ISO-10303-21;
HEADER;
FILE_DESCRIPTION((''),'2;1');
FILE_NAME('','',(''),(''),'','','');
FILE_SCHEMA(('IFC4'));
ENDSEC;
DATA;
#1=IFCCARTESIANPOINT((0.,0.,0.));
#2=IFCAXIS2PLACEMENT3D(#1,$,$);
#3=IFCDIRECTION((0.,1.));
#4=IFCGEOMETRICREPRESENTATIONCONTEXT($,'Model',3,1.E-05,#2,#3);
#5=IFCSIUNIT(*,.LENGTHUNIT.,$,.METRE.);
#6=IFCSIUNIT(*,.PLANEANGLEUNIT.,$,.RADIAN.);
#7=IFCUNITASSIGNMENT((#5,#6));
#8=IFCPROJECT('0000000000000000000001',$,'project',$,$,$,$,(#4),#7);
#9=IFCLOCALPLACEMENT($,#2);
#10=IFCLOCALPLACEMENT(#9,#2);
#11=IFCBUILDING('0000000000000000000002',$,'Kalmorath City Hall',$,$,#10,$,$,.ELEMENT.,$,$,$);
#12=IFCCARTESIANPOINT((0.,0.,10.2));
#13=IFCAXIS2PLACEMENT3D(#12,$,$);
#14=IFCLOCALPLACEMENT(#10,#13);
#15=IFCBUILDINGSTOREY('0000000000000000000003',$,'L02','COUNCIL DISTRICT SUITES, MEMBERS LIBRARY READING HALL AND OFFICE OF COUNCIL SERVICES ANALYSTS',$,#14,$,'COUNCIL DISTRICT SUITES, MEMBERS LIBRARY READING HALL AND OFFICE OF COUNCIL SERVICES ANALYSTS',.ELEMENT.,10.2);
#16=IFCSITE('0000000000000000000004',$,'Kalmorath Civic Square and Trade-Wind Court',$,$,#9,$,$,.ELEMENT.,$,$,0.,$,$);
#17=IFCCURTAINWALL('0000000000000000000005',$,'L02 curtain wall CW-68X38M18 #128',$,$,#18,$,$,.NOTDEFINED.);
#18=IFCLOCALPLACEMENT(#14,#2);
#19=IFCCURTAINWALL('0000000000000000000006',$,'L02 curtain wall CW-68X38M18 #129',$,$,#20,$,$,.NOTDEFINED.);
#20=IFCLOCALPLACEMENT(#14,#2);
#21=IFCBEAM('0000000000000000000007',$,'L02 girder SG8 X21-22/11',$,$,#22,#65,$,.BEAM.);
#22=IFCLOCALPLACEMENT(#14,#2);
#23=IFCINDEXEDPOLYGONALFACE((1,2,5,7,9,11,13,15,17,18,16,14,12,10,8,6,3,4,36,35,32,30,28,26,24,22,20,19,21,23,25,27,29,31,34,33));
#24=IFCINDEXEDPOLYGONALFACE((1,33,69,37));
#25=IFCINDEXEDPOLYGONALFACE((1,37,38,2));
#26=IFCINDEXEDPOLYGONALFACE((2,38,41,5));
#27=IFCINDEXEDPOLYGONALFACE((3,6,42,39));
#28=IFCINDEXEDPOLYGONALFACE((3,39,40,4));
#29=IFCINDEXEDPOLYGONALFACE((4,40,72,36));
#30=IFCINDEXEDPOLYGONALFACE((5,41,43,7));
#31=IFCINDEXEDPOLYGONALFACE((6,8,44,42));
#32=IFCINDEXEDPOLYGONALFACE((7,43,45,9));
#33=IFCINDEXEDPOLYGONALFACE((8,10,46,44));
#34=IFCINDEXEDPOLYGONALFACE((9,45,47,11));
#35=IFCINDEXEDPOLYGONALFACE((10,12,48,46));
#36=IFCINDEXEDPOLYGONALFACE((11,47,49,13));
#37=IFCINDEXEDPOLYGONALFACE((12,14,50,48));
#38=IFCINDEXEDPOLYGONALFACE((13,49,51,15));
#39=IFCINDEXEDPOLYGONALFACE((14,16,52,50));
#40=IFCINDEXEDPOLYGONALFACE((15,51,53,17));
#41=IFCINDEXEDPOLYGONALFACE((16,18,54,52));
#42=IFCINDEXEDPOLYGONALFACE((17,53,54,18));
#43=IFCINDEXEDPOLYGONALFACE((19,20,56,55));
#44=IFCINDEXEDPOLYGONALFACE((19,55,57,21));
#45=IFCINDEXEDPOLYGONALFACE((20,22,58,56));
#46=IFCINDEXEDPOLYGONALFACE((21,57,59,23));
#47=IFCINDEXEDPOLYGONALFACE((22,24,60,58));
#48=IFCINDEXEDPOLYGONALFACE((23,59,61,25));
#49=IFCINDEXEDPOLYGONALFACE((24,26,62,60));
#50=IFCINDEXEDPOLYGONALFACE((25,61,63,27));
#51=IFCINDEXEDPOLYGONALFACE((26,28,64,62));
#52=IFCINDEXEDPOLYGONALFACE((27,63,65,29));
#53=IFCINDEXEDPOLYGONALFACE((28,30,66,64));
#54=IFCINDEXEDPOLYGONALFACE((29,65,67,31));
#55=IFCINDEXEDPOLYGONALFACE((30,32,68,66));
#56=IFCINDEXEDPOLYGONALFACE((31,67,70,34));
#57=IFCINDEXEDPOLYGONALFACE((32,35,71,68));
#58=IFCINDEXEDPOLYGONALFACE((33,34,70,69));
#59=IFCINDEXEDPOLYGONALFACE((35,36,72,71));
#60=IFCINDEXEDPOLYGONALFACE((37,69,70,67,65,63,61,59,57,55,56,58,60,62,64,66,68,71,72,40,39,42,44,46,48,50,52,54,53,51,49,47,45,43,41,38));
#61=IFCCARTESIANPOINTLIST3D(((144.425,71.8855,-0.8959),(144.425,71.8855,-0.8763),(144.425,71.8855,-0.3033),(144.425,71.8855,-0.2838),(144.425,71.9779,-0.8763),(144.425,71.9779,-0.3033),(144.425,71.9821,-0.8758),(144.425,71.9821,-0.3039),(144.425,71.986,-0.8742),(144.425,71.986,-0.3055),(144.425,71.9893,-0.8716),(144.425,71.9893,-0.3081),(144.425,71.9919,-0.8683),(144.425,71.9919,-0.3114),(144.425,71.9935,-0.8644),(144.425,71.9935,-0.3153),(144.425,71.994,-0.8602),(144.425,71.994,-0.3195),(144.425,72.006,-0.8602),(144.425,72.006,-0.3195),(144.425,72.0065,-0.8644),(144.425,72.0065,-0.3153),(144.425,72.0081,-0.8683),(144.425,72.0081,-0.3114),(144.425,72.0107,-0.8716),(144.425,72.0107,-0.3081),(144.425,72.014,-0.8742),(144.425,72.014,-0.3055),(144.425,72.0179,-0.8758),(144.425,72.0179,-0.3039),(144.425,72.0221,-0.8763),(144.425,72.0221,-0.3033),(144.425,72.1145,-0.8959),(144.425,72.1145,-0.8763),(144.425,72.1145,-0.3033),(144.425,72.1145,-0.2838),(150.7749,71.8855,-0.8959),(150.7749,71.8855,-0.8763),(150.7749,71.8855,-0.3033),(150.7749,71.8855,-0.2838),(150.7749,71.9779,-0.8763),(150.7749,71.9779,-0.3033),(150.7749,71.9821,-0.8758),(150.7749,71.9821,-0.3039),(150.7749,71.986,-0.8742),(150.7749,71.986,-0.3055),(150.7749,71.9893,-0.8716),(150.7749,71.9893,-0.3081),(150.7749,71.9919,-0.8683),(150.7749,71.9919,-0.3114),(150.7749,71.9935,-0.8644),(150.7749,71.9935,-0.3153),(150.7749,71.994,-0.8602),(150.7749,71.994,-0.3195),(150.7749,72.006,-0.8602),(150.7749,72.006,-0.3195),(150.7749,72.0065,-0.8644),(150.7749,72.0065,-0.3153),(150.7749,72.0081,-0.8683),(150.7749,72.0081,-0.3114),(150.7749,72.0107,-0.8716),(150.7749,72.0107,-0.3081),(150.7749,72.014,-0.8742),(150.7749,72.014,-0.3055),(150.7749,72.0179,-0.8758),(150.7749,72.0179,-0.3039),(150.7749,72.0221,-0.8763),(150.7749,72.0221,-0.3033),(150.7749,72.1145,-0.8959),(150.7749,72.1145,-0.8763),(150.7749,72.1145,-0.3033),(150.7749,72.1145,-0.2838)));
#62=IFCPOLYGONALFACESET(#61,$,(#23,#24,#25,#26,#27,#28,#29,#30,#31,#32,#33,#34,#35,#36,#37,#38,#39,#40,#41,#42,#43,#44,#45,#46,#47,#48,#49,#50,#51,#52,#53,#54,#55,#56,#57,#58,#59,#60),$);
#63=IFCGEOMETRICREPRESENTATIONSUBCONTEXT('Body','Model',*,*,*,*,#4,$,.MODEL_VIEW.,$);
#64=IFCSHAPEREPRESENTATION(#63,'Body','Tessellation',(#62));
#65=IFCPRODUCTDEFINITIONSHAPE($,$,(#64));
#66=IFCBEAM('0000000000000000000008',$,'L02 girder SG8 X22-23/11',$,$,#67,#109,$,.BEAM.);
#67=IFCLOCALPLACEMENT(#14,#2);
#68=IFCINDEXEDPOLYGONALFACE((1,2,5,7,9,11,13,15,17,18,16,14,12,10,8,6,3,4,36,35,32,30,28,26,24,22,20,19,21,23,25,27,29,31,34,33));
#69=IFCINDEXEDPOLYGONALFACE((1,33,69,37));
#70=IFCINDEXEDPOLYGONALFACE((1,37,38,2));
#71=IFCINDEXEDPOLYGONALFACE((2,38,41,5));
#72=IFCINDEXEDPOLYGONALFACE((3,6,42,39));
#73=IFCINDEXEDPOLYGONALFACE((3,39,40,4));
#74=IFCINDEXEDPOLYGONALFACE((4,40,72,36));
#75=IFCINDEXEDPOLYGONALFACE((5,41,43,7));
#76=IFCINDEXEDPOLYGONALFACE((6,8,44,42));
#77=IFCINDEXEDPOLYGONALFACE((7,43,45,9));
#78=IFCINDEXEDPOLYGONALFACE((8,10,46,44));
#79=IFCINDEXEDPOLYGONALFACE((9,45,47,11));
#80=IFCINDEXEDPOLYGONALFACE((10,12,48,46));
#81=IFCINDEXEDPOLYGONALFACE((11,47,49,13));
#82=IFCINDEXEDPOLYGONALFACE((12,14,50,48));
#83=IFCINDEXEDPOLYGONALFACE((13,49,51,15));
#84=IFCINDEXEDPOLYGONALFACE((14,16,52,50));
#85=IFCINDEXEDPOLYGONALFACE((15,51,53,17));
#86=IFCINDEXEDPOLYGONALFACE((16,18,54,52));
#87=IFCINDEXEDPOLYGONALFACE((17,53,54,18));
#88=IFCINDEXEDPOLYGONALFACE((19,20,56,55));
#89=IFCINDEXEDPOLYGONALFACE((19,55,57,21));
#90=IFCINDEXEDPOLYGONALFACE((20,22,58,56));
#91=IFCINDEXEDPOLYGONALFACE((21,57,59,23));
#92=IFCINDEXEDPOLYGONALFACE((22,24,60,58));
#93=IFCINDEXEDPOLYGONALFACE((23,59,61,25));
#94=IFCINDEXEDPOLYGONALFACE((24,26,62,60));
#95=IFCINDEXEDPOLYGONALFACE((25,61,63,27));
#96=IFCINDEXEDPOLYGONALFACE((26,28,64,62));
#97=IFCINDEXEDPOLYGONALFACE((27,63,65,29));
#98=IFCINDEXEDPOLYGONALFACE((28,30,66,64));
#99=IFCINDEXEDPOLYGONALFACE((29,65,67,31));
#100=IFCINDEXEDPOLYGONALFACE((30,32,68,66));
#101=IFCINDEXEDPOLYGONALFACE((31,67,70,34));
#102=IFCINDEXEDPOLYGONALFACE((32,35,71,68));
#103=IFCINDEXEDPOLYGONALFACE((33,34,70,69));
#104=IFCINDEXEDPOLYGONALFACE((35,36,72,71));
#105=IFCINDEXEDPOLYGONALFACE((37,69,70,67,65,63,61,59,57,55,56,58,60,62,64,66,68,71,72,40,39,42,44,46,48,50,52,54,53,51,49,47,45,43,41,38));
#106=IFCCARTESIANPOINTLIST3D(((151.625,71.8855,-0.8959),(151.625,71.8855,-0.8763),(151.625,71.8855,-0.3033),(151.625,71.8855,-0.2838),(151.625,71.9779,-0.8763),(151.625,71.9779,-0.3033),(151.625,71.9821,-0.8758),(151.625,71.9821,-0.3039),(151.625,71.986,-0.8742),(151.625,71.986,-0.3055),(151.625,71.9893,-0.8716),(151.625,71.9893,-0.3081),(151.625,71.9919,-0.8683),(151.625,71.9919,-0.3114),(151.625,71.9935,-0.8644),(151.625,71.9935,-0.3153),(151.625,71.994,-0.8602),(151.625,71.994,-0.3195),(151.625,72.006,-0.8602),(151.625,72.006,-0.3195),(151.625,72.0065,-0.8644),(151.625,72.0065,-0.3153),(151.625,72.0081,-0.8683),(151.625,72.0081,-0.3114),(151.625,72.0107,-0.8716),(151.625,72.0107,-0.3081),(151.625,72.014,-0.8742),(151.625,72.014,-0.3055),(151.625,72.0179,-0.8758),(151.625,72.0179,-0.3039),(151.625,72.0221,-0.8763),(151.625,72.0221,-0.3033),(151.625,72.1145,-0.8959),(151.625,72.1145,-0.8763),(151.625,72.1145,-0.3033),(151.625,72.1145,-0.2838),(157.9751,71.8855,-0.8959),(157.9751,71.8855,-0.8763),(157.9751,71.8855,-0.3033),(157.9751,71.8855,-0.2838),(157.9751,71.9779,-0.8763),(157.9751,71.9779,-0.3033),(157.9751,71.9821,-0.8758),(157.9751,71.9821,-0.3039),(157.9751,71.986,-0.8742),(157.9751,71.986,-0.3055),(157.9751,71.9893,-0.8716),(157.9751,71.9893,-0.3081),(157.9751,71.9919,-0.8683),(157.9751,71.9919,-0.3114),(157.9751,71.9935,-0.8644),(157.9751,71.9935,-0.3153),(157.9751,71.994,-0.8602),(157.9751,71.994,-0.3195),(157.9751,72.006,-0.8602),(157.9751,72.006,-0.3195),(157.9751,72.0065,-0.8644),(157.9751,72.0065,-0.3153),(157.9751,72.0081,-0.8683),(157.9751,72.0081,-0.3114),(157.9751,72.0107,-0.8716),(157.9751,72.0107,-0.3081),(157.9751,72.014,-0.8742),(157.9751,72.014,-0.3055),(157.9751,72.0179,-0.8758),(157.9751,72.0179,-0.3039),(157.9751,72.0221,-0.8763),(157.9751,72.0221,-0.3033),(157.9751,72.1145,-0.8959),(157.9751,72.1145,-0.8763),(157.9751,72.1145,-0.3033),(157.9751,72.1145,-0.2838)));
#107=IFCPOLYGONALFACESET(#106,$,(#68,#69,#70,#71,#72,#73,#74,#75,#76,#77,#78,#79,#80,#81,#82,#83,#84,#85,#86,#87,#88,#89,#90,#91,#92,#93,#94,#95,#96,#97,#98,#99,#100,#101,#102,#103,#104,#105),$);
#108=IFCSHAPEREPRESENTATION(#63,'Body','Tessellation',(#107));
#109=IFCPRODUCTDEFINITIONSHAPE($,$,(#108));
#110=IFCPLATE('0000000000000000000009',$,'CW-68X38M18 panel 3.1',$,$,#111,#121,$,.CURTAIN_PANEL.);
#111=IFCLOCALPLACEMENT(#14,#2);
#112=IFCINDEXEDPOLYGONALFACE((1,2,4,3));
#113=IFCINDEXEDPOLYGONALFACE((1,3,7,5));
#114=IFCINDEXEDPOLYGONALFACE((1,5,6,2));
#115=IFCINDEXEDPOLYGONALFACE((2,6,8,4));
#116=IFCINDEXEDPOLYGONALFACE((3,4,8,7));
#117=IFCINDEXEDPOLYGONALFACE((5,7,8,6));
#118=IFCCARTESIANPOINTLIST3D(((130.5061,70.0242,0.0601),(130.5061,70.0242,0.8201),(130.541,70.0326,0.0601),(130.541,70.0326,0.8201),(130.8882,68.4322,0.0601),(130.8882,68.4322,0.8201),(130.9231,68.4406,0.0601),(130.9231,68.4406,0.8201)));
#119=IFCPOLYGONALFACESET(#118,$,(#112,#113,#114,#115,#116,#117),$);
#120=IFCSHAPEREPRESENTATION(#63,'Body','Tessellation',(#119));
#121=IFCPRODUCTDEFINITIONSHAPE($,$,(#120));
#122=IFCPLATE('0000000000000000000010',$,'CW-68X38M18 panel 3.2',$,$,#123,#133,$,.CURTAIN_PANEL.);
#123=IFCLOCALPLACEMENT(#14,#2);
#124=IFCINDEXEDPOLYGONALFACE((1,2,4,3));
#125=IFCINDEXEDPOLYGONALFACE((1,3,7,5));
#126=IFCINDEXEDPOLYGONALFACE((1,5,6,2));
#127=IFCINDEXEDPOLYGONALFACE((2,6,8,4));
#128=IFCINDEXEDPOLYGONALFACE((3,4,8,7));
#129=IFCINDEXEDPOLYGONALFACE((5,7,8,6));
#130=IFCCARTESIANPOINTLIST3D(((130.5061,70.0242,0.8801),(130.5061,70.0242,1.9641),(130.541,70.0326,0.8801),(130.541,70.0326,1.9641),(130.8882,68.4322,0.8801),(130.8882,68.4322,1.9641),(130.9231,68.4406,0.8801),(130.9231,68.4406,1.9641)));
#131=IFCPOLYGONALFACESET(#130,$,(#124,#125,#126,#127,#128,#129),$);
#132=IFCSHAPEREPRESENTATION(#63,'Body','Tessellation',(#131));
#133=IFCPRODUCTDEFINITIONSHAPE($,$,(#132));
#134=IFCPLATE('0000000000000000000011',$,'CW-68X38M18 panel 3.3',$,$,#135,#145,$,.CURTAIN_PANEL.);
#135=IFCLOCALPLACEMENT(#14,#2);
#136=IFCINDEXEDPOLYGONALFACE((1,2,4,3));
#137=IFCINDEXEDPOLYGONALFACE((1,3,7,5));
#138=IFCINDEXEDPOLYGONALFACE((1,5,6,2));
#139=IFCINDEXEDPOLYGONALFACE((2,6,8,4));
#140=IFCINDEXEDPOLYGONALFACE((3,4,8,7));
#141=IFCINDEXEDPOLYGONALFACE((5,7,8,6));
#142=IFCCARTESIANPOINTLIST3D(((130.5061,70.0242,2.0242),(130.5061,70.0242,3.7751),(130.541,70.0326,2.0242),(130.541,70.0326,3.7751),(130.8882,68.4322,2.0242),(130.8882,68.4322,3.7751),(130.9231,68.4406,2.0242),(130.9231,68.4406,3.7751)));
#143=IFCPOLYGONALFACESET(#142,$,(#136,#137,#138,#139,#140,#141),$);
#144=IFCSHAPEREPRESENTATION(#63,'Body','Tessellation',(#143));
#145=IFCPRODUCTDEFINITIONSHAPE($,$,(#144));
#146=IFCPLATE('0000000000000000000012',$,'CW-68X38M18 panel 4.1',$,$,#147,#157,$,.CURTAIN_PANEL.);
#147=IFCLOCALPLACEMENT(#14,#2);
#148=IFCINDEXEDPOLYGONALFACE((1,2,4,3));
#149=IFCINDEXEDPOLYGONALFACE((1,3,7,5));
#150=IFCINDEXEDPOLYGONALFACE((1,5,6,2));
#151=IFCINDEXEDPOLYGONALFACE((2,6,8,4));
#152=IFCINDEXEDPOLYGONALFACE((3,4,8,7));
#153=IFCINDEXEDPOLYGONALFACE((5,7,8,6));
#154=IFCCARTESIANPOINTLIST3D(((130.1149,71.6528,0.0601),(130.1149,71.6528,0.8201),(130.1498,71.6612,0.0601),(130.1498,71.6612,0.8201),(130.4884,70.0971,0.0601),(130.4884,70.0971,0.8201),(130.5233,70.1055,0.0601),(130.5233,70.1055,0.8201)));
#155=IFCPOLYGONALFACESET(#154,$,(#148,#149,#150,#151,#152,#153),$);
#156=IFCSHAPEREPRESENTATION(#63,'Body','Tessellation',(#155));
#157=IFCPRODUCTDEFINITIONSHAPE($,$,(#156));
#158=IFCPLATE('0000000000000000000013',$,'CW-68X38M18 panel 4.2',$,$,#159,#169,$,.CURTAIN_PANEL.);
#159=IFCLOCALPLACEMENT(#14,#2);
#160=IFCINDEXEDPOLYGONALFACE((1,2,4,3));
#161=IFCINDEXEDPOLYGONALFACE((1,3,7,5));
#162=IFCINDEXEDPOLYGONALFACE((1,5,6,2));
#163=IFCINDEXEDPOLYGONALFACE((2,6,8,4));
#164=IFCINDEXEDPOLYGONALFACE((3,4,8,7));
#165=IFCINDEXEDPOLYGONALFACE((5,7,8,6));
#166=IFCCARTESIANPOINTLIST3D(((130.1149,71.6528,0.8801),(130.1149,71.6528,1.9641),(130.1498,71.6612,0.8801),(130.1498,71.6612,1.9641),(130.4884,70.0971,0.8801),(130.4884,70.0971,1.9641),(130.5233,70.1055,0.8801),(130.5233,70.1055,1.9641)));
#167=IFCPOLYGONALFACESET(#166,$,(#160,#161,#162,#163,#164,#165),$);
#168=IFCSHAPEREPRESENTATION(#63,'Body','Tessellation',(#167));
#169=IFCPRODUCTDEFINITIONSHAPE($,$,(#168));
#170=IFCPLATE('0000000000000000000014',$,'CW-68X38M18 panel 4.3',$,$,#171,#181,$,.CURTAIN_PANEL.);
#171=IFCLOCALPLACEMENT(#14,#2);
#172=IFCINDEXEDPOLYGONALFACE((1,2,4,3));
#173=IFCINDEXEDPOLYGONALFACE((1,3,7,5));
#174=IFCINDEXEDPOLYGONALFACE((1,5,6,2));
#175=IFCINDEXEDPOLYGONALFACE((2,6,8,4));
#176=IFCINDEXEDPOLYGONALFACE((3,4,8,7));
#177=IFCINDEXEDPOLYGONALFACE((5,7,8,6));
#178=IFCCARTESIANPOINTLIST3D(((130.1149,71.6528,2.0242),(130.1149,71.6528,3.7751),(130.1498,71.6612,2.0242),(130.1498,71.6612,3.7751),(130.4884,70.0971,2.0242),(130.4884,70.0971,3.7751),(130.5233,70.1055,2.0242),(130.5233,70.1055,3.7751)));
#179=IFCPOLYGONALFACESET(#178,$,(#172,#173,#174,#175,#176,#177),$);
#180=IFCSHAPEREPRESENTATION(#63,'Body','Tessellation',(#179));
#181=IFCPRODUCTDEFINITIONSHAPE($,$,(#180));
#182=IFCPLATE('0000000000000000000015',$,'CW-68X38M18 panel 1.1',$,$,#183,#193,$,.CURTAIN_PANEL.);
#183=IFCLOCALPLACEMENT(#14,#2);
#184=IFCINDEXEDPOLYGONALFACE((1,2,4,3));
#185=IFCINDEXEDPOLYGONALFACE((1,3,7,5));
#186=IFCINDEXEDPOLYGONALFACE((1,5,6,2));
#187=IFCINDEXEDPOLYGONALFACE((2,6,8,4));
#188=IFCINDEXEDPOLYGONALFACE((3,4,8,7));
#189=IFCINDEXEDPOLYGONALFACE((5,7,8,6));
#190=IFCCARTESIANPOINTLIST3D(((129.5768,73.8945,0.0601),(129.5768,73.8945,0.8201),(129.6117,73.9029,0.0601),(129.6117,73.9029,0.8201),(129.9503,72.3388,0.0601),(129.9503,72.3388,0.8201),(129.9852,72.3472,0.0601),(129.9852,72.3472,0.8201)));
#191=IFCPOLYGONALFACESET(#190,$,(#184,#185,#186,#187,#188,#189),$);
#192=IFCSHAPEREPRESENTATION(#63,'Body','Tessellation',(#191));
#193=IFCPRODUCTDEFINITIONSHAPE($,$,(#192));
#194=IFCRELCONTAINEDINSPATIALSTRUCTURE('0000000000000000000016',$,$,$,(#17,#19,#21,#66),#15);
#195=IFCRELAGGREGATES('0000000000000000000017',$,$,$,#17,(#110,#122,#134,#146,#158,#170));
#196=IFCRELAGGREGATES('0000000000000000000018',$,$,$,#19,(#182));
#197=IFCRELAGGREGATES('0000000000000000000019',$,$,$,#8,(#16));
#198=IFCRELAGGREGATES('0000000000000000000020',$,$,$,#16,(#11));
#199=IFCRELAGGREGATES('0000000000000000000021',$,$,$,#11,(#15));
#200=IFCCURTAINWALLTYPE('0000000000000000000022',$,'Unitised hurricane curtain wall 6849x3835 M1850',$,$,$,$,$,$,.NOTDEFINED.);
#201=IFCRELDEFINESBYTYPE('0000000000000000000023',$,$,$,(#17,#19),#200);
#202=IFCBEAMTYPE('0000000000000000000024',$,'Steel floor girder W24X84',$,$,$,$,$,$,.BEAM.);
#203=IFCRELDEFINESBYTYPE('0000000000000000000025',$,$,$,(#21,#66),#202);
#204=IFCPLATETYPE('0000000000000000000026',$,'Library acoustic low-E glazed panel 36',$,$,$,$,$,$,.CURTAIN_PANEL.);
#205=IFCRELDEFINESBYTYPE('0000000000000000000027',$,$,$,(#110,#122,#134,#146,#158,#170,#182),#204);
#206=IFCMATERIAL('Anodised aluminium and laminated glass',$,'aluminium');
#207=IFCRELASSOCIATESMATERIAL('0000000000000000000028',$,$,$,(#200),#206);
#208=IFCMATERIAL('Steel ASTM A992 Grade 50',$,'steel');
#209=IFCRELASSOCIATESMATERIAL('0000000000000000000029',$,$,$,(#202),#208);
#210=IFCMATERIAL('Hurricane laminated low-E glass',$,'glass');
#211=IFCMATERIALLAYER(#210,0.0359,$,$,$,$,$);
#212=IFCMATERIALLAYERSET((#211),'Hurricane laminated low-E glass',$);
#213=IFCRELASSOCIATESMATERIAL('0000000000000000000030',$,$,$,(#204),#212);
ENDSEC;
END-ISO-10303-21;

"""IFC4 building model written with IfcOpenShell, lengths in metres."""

from ifc_helpers import new_model, si_unit, direction, frame, origin, origin_2d, place, context, subcontext, project, spatial, rectangle, i_section, extrude, material, layer, layer_set, material_profile, profile_set, type_object, element, aggregate, save


model = new_model("IFC4")

# Units and contexts
model_context = context("Model", 3, precision=1e-05, world=origin(), true_north=direction((0.0, 1.0)))
body_context = subcontext(model_context, "Body", "Model", "MODEL_VIEW")
ifc_project = project(units=[si_unit("LENGTHUNIT", "METRE"), si_unit("PLANEANGLEUNIT", "RADIAN")], contexts=[model_context])

# Site, building, storey
site_placement = place(None, origin())
site = spatial("IfcSite", under=ifc_project, at=site_placement, Name="Kalmorath Civic Square and Trade-Wind Court", CompositionType="ELEMENT", RefElevation=0.0)
building_placement = place(site_placement, origin())
building = spatial("IfcBuilding", under=site, at=building_placement, Name="Kalmorath City Hall", CompositionType="ELEMENT")
storey_placement = place(building_placement, frame((0.0, 0.0, 10.2)))
storey = spatial("IfcBuildingStorey", under=building, at=storey_placement, Name="L02", Description="COUNCIL DISTRICT SUITES, MEMBERS LIBRARY READING HALL AND OFFICE OF COUNCIL SERVICES ANALYSTS", LongName="COUNCIL DISTRICT SUITES, MEMBERS LIBRARY READING HALL AND OFFICE OF COUNCIL SERVICES ANALYSTS", CompositionType="ELEMENT", Elevation=10.2)

# Curtain walls
ifc_material_1 = material(Name="Anodised aluminium and laminated glass", Category="aluminium")
curtain_wall_type = type_object("IfcCurtainWallType", Name="Unitised hurricane curtain wall 6849x3835 M1850", PredefinedType="NOTDEFINED", material=ifc_material_1)
curtain_wall_1_placement = place(storey_placement, origin())
curtain_wall_1 = element("IfcCurtainWall", 1, at=curtain_wall_1_placement, inside=storey, type_object=curtain_wall_type, Name="L02 curtain wall CW-68X38M18 #128", PredefinedType="NOTDEFINED")
curtain_wall_2_placement = place(storey_placement, origin())
curtain_wall_2 = element("IfcCurtainWall", 2, at=curtain_wall_2_placement, inside=storey, type_object=curtain_wall_type, Name="L02 curtain wall CW-68X38M18 #129", PredefinedType="NOTDEFINED")

# Beams
ifc_material_2 = material(Name="Steel ASTM A992 Grade 50", Category="steel")
ifc_material_profile_1 = material_profile(ifc_material_2, i_section(OverallWidth=0.229, OverallDepth=0.6121, WebThickness=0.012, FlangeThickness=0.0195, FilletRadius=0.0161, at=origin_2d()), Name="W24X84")
ifc_profile_set_1 = profile_set([ifc_material_profile_1], Name="Steel ASTM A992 Grade 50")
beam_type_1 = type_object("IfcBeamType", Name="Steel floor girder W24X84", PredefinedType="BEAM", material=ifc_profile_set_1)
for number, where, z_axis, x_axis, name in (
    (3, (144.425, 72.0, -0.5898), (1.0, 0.0, 0.0), (0.0, 1.0, 0.0), "L02 girder SG8 X21-22/11"),
):
    element("IfcBeam", number, at=place(storey_placement, frame(where, z_axis=z_axis, x_axis=x_axis)), inside=storey, type_object=beam_type_1, Name=name, PredefinedType="BEAM", context=body_context, shape_type="SweptSolid", body=[
        extrude(i_section(OverallWidth=0.229, OverallDepth=0.6121, WebThickness=0.012, FlangeThickness=0.0195, FilletRadius=0.0161, at=origin_2d()), origin(), (0.0, 0.0, 1.0), 6.3499),
    ])
beam_1_placement = place(storey_placement, frame((151.625, 72.0, -0.5898), z_axis=(1.0, 0.0, 0.0), x_axis=(0.0, 1.0, 0.0)))
element("IfcBeam", 4, at=beam_1_placement, inside=storey, type_object=beam_type_1, Name="L02 girder SG8 X22-23/11", PredefinedType="BEAM", context=body_context, shape_type="SweptSolid", body=[
    extrude(i_section(OverallWidth=0.229, OverallDepth=0.6121, WebThickness=0.012, FlangeThickness=0.0195, FilletRadius=0.0161, at=origin_2d()), origin(), (0.0, 0.0, 1.0), 6.3501),
])

# Plates
ifc_material_3 = material(Name="Hurricane laminated low-E glass", Category="glass")
ifc_layer_1 = layer(ifc_material_3, 0.0359)
ifc_layer_set_1 = layer_set([ifc_layer_1], Name="Hurricane laminated low-E glass")
plate_type = type_object("IfcPlateType", Name="Library acoustic low-E glazed panel 36", PredefinedType="CURTAIN_PANEL", material=ifc_layer_set_1)
plate_1_placement = place(storey_placement, frame((130.7146, 69.2324, 0.0601), z_axis=(0.0, 0.0, 1.0), x_axis=(-0.233442, 0.972371, 0.0)))
plate_1 = element("IfcPlate", 5, at=plate_1_placement, type_object=plate_type, Name="CW-68X38M18 panel 3.1", PredefinedType="CURTAIN_PANEL", context=body_context, shape_type="SweptSolid", body=[
    extrude(rectangle(XDim=1.6372, YDim=0.0359, at=origin_2d()), origin(), (0.0, 0.0, 1.0), 0.76),
])
plate_2_placement = place(storey_placement, frame((130.7146, 69.2324, 0.8801), z_axis=(0.0, 0.0, 1.0), x_axis=(-0.233442, 0.972371, 0.0)))
plate_2 = element("IfcPlate", 6, at=plate_2_placement, type_object=plate_type, Name="CW-68X38M18 panel 3.2", PredefinedType="CURTAIN_PANEL", context=body_context, shape_type="SweptSolid", body=[
    extrude(rectangle(XDim=1.6372, YDim=0.0359, at=origin_2d()), origin(), (0.0, 0.0, 1.0), 1.084),
])
plate_3_placement = place(storey_placement, frame((130.7146, 69.2324, 2.0242), z_axis=(0.0, 0.0, 1.0), x_axis=(-0.233442, 0.972371, 0.0)))
plate_3 = element("IfcPlate", 7, at=plate_3_placement, type_object=plate_type, Name="CW-68X38M18 panel 3.3", PredefinedType="CURTAIN_PANEL", context=body_context, shape_type="SweptSolid", body=[
    extrude(rectangle(XDim=1.6372, YDim=0.0359, at=origin_2d()), origin(), (0.0, 0.0, 1.0), 1.751),
])
plate_4_placement = place(storey_placement, frame((130.3191, 70.8792, 0.0601), z_axis=(0.0, 0.0, 1.0), x_axis=(-0.233442, 0.972371, 0.0)))
plate_4 = element("IfcPlate", 8, at=plate_4_placement, type_object=plate_type, Name="CW-68X38M18 panel 4.1", PredefinedType="CURTAIN_PANEL", context=body_context, shape_type="SweptSolid", body=[
    extrude(rectangle(XDim=1.5999, YDim=0.0359, at=origin_2d()), origin(), (0.0, 0.0, 1.0), 0.76),
])
plate_5_placement = place(storey_placement, frame((130.3191, 70.8792, 0.8801), z_axis=(0.0, 0.0, 1.0), x_axis=(-0.233442, 0.972371, 0.0)))
plate_5 = element("IfcPlate", 9, at=plate_5_placement, type_object=plate_type, Name="CW-68X38M18 panel 4.2", PredefinedType="CURTAIN_PANEL", context=body_context, shape_type="SweptSolid", body=[
    extrude(rectangle(XDim=1.5999, YDim=0.0359, at=origin_2d()), origin(), (0.0, 0.0, 1.0), 1.084),
])
plate_6_placement = place(storey_placement, frame((130.3191, 70.8792, 2.0242), z_axis=(0.0, 0.0, 1.0), x_axis=(-0.233442, 0.972371, 0.0)))
plate_6 = element("IfcPlate", 10, at=plate_6_placement, type_object=plate_type, Name="CW-68X38M18 panel 4.3", PredefinedType="CURTAIN_PANEL", context=body_context, shape_type="SweptSolid", body=[
    extrude(rectangle(XDim=1.5999, YDim=0.0359, at=origin_2d()), origin(), (0.0, 0.0, 1.0), 1.751),
])
aggregate(curtain_wall_1, [plate_1, plate_2, plate_3, plate_4, plate_5, plate_6])
plate_7_placement = place(storey_placement, frame((129.781, 73.1208, 0.0601), z_axis=(0.0, 0.0, 1.0), x_axis=(-0.233456, 0.972367, 0.0)))
plate_7 = element("IfcPlate", 11, at=plate_7_placement, type_object=plate_type, Name="CW-68X38M18 panel 1.1", PredefinedType="CURTAIN_PANEL", context=body_context, shape_type="SweptSolid", body=[
    extrude(rectangle(XDim=1.5999, YDim=0.0359, at=origin_2d()), origin(), (0.0, 0.0, 1.0), 0.76),
])
aggregate(curtain_wall_2, [plate_7])

save(model, "model.ifc")
